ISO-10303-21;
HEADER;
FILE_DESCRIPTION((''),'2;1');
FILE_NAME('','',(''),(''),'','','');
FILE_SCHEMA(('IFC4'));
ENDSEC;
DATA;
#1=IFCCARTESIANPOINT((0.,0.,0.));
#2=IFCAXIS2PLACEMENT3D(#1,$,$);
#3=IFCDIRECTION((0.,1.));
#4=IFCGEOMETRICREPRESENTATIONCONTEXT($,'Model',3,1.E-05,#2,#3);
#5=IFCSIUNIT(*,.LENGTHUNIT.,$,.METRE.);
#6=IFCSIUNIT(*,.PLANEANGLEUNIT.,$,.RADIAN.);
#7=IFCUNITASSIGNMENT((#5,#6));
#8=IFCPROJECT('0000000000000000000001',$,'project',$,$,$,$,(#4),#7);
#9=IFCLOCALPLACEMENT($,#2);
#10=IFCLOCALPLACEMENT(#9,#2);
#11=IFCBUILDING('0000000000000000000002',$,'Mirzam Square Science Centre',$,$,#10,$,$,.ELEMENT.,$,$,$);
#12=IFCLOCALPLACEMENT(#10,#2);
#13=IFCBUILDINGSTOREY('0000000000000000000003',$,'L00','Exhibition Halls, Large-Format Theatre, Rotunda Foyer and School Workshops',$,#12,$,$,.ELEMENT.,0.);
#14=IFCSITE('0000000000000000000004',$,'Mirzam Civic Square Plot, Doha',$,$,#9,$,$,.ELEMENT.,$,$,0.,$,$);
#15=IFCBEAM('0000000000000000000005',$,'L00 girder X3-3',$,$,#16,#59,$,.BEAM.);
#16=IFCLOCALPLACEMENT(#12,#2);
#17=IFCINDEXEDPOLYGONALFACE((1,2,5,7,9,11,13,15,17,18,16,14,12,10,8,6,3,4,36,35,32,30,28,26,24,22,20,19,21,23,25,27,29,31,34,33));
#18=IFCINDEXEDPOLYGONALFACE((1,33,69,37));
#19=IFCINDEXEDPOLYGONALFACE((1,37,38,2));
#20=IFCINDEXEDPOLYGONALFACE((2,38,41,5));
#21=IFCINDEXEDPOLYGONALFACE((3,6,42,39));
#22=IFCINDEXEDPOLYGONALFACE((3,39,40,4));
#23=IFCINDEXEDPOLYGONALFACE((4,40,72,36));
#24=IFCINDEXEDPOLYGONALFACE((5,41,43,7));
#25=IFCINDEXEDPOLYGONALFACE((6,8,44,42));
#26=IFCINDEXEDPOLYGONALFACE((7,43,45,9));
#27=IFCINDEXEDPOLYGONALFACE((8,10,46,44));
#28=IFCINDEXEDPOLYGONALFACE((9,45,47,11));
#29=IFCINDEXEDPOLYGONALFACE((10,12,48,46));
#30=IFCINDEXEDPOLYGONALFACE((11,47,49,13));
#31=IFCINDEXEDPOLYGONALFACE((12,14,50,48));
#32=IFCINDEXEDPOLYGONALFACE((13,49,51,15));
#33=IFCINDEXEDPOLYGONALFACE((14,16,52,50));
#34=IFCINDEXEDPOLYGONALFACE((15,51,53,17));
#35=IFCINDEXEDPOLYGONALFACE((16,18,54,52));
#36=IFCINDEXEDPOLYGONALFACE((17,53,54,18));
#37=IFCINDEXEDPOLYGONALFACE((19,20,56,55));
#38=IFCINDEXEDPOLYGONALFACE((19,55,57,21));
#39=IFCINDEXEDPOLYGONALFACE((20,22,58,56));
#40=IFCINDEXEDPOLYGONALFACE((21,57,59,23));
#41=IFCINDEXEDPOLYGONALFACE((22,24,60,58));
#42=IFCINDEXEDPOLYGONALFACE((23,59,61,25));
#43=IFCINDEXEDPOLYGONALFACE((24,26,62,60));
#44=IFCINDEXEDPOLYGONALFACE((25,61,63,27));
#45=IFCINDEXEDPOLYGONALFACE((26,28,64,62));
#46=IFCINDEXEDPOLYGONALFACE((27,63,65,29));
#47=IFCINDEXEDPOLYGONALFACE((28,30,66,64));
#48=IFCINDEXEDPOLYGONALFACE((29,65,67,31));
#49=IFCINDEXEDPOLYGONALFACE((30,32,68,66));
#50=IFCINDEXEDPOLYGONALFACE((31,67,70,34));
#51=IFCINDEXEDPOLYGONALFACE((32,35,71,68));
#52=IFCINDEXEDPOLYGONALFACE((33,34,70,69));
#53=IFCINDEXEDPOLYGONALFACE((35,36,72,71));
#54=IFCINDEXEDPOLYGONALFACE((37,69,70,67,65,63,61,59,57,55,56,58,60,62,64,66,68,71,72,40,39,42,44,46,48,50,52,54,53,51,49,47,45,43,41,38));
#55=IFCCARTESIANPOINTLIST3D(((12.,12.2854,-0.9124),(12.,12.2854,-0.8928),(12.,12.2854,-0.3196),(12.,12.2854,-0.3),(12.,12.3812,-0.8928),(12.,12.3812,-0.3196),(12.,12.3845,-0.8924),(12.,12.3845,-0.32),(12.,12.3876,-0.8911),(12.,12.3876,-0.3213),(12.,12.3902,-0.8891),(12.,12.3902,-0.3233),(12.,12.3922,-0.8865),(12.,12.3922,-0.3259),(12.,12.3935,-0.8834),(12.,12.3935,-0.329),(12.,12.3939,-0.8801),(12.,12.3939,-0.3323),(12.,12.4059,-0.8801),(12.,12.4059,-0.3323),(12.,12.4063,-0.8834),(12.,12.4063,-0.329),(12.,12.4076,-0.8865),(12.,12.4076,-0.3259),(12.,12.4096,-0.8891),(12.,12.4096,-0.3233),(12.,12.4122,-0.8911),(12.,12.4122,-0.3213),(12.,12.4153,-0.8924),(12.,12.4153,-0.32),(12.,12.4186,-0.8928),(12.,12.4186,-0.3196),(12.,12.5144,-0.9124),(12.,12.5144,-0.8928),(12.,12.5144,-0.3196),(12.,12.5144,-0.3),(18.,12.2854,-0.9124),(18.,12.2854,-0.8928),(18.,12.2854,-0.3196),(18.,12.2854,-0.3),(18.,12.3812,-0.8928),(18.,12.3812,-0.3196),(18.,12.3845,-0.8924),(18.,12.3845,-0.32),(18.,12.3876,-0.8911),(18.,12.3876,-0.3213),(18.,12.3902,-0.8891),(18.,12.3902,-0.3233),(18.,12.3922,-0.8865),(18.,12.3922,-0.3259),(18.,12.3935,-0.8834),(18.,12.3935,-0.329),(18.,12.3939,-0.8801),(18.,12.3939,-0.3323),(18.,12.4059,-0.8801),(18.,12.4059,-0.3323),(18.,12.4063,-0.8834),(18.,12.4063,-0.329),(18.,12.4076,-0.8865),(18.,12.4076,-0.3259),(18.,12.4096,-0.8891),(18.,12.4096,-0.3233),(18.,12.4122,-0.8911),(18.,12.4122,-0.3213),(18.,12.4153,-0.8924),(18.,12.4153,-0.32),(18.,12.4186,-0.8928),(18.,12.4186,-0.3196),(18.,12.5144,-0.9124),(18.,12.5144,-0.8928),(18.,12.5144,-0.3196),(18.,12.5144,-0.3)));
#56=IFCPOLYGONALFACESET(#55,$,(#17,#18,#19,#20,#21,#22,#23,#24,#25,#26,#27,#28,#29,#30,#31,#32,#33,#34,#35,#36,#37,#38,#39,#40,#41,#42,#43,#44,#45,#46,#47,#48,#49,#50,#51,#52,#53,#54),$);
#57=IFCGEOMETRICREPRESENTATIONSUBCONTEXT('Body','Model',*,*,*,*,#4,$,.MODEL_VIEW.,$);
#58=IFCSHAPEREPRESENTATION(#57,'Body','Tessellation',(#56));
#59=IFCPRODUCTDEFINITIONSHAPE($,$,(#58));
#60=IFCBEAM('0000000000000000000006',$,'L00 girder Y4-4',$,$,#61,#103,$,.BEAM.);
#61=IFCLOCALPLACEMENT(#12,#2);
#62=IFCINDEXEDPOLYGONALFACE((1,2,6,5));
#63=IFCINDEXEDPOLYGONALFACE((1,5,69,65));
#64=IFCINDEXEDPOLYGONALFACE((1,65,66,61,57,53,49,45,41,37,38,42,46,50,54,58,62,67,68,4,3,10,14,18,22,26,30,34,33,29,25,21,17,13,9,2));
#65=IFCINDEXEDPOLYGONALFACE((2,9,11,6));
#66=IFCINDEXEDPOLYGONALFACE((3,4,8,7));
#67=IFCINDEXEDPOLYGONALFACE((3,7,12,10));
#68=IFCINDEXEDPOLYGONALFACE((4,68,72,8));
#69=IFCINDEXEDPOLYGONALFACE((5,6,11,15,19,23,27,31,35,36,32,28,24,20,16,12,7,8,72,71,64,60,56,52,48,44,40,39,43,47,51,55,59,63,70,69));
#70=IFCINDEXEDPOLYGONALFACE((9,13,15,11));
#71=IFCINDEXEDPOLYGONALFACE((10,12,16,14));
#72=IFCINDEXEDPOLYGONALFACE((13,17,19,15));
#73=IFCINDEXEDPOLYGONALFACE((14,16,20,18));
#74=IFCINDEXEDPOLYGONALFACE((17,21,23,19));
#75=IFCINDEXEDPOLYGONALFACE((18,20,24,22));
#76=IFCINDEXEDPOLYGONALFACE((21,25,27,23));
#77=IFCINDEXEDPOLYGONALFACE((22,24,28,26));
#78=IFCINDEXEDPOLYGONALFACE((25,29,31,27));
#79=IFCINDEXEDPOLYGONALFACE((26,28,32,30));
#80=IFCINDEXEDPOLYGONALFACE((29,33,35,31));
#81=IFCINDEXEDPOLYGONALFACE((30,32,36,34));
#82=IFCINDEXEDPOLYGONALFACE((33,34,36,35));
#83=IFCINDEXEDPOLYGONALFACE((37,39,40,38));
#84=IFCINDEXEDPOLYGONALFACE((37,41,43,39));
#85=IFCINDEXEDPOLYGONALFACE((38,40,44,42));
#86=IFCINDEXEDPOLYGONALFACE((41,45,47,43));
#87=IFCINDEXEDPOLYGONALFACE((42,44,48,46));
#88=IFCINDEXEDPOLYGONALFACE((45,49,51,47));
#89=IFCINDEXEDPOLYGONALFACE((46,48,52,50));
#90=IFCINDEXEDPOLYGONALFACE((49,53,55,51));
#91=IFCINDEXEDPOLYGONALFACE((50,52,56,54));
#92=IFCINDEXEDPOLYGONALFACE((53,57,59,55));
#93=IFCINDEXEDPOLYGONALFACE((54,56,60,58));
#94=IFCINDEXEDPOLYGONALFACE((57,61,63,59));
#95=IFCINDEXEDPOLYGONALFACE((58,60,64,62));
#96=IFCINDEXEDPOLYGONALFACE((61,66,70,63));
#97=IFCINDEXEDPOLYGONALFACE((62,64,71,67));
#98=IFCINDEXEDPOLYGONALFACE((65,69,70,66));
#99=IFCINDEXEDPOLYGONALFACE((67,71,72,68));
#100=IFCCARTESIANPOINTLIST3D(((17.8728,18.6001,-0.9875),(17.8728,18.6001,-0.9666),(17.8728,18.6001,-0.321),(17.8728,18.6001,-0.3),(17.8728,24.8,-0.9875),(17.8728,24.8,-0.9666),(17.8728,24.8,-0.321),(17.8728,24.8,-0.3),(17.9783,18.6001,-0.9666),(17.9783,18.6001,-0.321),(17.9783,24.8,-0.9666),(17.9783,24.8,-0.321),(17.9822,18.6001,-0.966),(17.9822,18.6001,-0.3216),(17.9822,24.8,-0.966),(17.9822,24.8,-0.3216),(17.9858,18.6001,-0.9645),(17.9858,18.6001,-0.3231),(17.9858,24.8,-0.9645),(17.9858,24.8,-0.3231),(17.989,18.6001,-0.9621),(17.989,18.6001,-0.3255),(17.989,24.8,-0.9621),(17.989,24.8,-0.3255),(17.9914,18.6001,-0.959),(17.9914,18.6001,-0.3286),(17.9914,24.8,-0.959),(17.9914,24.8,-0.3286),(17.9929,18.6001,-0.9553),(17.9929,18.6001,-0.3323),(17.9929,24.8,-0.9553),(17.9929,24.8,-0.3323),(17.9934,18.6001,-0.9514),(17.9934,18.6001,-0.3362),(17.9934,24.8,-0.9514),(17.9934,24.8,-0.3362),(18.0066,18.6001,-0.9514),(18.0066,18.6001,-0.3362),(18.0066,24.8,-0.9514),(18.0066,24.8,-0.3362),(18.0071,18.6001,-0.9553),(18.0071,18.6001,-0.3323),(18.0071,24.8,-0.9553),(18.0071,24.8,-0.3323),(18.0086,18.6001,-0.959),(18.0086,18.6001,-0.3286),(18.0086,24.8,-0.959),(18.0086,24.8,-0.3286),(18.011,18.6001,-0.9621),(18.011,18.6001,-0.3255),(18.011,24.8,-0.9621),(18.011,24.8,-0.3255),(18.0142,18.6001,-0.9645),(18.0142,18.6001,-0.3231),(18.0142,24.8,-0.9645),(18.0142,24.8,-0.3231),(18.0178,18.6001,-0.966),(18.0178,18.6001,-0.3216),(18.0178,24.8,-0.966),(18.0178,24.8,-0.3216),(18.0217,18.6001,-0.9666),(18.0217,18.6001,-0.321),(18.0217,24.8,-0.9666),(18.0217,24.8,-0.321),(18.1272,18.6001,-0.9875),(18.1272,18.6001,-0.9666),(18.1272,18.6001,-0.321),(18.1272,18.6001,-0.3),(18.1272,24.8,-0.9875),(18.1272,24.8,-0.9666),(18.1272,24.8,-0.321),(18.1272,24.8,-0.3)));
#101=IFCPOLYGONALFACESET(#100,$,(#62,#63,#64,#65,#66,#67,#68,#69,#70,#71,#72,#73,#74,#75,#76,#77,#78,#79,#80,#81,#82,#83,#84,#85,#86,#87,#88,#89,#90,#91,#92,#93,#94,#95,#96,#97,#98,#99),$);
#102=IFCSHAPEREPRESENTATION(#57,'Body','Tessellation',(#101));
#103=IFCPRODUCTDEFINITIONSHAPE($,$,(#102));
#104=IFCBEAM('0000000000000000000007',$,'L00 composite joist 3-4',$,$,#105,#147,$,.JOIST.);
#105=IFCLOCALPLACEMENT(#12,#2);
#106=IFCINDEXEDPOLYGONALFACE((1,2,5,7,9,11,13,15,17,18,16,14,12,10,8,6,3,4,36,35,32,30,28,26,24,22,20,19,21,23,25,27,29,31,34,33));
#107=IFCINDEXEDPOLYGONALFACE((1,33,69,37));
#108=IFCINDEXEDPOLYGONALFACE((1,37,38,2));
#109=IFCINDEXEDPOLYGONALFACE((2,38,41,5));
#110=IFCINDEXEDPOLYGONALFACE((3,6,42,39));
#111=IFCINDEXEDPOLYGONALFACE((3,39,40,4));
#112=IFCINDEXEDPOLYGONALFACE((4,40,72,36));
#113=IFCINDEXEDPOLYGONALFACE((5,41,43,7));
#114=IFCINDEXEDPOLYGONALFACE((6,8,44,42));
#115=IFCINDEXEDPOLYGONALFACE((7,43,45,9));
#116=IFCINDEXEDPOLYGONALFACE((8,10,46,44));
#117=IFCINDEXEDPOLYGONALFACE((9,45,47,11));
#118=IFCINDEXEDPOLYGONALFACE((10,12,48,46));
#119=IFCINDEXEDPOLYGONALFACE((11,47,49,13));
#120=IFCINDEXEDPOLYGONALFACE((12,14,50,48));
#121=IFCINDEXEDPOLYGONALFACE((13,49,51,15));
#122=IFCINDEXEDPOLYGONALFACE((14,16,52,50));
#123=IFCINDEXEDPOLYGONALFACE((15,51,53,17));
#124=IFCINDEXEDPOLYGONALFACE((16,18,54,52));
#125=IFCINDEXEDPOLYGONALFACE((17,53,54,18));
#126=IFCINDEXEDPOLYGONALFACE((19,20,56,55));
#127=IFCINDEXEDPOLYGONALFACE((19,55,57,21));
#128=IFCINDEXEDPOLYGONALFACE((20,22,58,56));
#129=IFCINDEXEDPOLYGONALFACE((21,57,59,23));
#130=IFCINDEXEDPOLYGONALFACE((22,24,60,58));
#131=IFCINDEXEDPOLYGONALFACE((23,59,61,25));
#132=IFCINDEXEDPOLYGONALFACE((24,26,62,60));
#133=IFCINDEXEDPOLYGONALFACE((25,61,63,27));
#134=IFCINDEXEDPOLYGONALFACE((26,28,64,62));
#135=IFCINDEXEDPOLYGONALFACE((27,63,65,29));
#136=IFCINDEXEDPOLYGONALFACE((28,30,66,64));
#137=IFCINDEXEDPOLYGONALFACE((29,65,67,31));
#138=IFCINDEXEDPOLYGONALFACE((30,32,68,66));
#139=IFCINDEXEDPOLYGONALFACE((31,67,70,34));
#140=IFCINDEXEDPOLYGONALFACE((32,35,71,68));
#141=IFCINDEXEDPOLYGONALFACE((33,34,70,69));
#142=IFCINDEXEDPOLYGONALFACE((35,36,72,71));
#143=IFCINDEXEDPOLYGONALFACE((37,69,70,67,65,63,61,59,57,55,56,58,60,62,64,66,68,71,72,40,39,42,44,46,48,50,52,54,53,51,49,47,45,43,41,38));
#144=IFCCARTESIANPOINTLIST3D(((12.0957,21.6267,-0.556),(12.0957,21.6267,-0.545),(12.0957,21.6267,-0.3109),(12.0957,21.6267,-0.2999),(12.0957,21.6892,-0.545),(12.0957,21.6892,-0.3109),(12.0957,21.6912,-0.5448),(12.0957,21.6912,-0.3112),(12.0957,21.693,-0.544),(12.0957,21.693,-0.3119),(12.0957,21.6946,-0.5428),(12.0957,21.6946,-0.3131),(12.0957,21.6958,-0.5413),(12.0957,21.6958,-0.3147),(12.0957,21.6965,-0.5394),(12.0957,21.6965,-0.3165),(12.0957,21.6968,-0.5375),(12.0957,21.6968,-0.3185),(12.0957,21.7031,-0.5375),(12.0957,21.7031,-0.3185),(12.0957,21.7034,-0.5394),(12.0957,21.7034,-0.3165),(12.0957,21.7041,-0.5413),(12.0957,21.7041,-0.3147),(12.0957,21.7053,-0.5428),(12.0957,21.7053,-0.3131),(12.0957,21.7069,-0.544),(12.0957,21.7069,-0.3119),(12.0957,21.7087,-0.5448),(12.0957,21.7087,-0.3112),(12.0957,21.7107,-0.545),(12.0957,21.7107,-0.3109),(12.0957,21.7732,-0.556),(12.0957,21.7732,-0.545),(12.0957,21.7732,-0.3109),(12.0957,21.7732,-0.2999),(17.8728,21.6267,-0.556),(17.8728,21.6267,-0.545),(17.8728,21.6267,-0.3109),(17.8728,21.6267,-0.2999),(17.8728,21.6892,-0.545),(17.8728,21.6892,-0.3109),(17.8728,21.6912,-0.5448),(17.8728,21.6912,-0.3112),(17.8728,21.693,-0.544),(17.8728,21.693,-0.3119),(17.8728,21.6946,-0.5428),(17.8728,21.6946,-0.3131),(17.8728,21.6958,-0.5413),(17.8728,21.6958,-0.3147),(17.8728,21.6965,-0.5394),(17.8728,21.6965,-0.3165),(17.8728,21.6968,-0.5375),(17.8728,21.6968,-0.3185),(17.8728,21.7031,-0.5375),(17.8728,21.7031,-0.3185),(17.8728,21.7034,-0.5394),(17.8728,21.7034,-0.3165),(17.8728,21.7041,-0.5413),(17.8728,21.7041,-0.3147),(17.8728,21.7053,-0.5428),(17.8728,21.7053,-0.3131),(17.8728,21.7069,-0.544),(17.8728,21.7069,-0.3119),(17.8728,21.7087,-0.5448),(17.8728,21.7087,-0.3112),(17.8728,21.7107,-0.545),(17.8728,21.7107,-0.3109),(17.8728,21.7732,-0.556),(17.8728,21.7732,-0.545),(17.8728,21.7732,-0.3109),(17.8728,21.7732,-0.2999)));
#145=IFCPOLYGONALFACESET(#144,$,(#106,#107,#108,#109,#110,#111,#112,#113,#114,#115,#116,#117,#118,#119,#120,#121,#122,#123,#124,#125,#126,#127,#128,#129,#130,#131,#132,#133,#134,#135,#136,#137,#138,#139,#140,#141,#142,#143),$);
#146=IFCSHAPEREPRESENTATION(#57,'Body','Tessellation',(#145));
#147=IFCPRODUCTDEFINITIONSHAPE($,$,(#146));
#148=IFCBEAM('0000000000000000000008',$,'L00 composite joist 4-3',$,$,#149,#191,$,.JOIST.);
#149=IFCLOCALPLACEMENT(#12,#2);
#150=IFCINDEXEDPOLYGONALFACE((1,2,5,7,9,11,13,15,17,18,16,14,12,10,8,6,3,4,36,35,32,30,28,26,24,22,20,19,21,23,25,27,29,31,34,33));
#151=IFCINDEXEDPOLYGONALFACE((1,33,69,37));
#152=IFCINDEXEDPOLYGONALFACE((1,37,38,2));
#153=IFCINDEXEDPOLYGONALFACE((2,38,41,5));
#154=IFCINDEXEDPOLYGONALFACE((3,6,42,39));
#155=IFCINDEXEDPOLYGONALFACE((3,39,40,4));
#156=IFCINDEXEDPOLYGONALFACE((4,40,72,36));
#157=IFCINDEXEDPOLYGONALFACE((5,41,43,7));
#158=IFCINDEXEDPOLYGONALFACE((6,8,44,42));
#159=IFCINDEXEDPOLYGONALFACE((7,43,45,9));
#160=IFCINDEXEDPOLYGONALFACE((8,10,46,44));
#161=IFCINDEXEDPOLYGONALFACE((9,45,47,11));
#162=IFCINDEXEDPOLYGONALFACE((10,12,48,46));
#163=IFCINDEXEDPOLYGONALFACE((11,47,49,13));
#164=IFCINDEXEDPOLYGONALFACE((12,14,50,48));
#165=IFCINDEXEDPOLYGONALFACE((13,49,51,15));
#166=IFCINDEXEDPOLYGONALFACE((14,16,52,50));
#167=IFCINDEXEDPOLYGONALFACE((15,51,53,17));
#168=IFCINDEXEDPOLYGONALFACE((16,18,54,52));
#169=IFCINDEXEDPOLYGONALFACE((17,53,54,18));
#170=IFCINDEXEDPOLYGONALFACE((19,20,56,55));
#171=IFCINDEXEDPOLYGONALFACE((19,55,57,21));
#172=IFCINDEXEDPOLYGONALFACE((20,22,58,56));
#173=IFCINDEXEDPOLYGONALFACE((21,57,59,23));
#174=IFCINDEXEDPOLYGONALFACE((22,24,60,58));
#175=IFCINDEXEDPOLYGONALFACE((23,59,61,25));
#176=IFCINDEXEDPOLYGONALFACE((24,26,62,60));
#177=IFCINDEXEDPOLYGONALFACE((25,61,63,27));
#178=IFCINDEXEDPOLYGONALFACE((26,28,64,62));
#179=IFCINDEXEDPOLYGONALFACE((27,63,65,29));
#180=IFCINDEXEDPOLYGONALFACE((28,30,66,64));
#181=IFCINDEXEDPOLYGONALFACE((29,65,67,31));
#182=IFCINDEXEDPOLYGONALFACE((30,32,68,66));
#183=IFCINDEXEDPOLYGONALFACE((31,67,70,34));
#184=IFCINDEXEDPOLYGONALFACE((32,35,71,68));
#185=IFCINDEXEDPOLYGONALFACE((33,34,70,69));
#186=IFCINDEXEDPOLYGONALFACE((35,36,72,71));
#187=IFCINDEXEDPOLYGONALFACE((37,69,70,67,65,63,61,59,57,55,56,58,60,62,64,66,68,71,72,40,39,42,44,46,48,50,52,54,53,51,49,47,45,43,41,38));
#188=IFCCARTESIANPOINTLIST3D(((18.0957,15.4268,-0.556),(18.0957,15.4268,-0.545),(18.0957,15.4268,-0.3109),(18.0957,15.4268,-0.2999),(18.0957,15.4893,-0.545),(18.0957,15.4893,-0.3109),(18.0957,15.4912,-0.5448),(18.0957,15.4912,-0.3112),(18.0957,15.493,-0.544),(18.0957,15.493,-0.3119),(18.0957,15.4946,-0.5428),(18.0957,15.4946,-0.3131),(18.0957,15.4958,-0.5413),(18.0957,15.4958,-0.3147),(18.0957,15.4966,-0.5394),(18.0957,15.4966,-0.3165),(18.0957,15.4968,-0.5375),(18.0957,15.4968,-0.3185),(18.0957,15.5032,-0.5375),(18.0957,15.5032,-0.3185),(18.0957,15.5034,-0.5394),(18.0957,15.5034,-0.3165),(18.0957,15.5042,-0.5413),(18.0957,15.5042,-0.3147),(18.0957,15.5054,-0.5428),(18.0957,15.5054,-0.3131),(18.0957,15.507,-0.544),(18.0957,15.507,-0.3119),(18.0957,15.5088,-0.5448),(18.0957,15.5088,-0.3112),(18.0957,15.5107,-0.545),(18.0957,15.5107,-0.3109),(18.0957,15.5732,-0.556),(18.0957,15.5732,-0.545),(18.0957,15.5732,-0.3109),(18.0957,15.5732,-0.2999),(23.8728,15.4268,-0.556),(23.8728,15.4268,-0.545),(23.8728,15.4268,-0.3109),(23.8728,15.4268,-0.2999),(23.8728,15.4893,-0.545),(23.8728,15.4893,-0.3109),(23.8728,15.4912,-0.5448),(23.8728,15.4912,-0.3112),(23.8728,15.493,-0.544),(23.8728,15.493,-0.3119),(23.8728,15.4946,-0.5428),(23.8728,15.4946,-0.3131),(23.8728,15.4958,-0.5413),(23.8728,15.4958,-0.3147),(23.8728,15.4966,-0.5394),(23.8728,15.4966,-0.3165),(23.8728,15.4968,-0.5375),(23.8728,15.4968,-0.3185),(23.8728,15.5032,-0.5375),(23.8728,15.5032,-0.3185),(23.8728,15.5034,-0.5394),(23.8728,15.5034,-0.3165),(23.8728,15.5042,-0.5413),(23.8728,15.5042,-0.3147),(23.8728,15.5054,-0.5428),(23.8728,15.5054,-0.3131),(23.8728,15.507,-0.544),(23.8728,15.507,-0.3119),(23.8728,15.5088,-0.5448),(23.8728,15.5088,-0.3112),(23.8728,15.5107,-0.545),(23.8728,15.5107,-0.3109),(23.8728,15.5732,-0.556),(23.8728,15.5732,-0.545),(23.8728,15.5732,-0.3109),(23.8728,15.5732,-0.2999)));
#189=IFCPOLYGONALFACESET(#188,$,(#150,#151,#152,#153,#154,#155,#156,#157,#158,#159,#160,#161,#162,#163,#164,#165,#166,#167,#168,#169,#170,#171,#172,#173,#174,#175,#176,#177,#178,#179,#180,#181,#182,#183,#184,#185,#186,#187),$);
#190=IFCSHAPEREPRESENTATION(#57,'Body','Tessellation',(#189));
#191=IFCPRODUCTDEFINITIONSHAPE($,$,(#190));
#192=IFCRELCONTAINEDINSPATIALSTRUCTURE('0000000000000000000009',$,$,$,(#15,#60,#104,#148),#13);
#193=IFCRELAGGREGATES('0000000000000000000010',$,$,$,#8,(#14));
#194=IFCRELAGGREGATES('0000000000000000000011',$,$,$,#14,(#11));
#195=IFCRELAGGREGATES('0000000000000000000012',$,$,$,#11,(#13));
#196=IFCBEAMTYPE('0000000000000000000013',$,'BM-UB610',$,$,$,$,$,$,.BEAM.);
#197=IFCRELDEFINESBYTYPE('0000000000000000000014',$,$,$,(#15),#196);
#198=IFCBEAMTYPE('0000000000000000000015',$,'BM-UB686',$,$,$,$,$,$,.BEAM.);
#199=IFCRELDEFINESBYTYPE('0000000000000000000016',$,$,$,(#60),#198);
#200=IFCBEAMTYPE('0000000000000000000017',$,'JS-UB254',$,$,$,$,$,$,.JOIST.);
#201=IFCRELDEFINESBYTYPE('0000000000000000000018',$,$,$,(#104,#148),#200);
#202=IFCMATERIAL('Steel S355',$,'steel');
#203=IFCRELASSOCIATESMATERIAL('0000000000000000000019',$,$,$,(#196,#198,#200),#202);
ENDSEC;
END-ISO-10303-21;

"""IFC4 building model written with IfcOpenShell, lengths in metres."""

from ifc_helpers import new_model, si_unit, direction, frame, origin, origin_2d, place, context, subcontext, project, spatial, i_section, extrude, material, material_profile, profile_set, type_object, element, save


model = new_model("IFC4")

# Units and contexts
model_context = context("Model", 3, precision=1e-05, world=origin(), true_north=direction((0.0, 1.0)))
body_context = subcontext(model_context, "Body", "Model", "MODEL_VIEW")
ifc_project = project(units=[si_unit("LENGTHUNIT", "METRE"), si_unit("PLANEANGLEUNIT", "RADIAN")], contexts=[model_context])

# Site, building, storey
site_placement = place(None, origin())
site = spatial("IfcSite", under=ifc_project, at=site_placement, Name="Mirzam Civic Square Plot, Doha", CompositionType="ELEMENT", RefElevation=0.0)
building_placement = place(site_placement, origin())
building = spatial("IfcBuilding", under=site, at=building_placement, Name="Mirzam Square Science Centre", CompositionType="ELEMENT")
storey_placement = place(building_placement, origin())
storey = spatial("IfcBuildingStorey", under=building, at=storey_placement, Name="L00", Description="Exhibition Halls, Large-Format Theatre, Rotunda Foyer and School Workshops", CompositionType="ELEMENT", Elevation=0.0)

# Shared definitions
ifc_material_1 = material(Name="Steel S355", Category="steel")

# Beams
ifc_material_profile_1 = material_profile(ifc_material_1, i_section(OverallWidth=0.229, OverallDepth=0.6123, WebThickness=0.012, FlangeThickness=0.0195, FilletRadius=0.0127, at=origin_2d()), Name="610x229x125UB")
ifc_profile_set_1 = profile_set([ifc_material_profile_1], Name="Steel S355")
beam_type_1 = type_object("IfcBeamType", Name="BM-UB610", PredefinedType="BEAM", material=ifc_profile_set_1)
beam_1_placement = place(storey_placement, frame((12.0, 12.3999, -0.6062), z_axis=(1.0, 0.0, 0.0), x_axis=(0.0, 1.0, 0.0)))
element("IfcBeam", 1, at=beam_1_placement, inside=storey, type_object=beam_type_1, Name="L00 girder X3-3", PredefinedType="BEAM", context=body_context, shape_type="SweptSolid", body=[
    extrude(i_section(OverallWidth=0.229, OverallDepth=0.6123, WebThickness=0.012, FlangeThickness=0.0195, FilletRadius=0.0127, at=origin_2d()), origin(), (0.0, 0.0, 1.0), 6.0),
])
ifc_material_profile_2 = material_profile(ifc_material_1, i_section(OverallWidth=0.2544, OverallDepth=0.6875, WebThickness=0.0132, FlangeThickness=0.021, FilletRadius=0.0151, at=origin_2d()), Name="686x254x152UB")
ifc_profile_set_2 = profile_set([ifc_material_profile_2], Name="Steel S355")
beam_type_2 = type_object("IfcBeamType", Name="BM-UB686", PredefinedType="BEAM", material=ifc_profile_set_2)
beam_2_placement = place(storey_placement, frame((18.0, 18.6001, -0.6438), z_axis=(0.0, 1.0, 0.0), x_axis=(-1.0, 0.0, 0.0)))
element("IfcBeam", 2, at=beam_2_placement, inside=storey, type_object=beam_type_2, Name="L00 girder Y4-4", PredefinedType="BEAM", context=body_context, shape_type="SweptSolid", body=[
    extrude(i_section(OverallWidth=0.2544, OverallDepth=0.6875, WebThickness=0.0132, FlangeThickness=0.021, FilletRadius=0.0151, at=origin_2d()), origin(), (0.0, 0.0, 1.0), 6.2),
])
ifc_material_profile_3 = material_profile(ifc_material_1, i_section(OverallWidth=0.1465, OverallDepth=0.2561, WebThickness=0.0063, FlangeThickness=0.011, FilletRadius=0.0076, at=origin_2d()), Name="254x146x37UB")
ifc_profile_set_3 = profile_set([ifc_material_profile_3], Name="Steel S355")
beam_type_3 = type_object("IfcBeamType", Name="JS-UB254", PredefinedType="JOIST", material=ifc_profile_set_3)
for number, where, z_axis, x_axis, name in (
    (3, (12.0957, 21.7, -0.428), (1.0, 0.0, 0.0), (0.0, 1.0, 0.0), "L00 composite joist 3-4"),
    (4, (18.0957, 15.5, -0.428), (1.0, 0.0, 0.0), (0.0, 1.0, 0.0), "L00 composite joist 4-3"),
):
    element("IfcBeam", number, at=place(storey_placement, frame(where, z_axis=z_axis, x_axis=x_axis)), inside=storey, type_object=beam_type_3, Name=name, PredefinedType="JOIST", context=body_context, shape_type="SweptSolid", body=[
        extrude(i_section(OverallWidth=0.1465, OverallDepth=0.2561, WebThickness=0.0063, FlangeThickness=0.011, FilletRadius=0.0076, at=origin_2d()), origin(), (0.0, 0.0, 1.0), 5.7771),
    ])

save(model, "model.ifc")
